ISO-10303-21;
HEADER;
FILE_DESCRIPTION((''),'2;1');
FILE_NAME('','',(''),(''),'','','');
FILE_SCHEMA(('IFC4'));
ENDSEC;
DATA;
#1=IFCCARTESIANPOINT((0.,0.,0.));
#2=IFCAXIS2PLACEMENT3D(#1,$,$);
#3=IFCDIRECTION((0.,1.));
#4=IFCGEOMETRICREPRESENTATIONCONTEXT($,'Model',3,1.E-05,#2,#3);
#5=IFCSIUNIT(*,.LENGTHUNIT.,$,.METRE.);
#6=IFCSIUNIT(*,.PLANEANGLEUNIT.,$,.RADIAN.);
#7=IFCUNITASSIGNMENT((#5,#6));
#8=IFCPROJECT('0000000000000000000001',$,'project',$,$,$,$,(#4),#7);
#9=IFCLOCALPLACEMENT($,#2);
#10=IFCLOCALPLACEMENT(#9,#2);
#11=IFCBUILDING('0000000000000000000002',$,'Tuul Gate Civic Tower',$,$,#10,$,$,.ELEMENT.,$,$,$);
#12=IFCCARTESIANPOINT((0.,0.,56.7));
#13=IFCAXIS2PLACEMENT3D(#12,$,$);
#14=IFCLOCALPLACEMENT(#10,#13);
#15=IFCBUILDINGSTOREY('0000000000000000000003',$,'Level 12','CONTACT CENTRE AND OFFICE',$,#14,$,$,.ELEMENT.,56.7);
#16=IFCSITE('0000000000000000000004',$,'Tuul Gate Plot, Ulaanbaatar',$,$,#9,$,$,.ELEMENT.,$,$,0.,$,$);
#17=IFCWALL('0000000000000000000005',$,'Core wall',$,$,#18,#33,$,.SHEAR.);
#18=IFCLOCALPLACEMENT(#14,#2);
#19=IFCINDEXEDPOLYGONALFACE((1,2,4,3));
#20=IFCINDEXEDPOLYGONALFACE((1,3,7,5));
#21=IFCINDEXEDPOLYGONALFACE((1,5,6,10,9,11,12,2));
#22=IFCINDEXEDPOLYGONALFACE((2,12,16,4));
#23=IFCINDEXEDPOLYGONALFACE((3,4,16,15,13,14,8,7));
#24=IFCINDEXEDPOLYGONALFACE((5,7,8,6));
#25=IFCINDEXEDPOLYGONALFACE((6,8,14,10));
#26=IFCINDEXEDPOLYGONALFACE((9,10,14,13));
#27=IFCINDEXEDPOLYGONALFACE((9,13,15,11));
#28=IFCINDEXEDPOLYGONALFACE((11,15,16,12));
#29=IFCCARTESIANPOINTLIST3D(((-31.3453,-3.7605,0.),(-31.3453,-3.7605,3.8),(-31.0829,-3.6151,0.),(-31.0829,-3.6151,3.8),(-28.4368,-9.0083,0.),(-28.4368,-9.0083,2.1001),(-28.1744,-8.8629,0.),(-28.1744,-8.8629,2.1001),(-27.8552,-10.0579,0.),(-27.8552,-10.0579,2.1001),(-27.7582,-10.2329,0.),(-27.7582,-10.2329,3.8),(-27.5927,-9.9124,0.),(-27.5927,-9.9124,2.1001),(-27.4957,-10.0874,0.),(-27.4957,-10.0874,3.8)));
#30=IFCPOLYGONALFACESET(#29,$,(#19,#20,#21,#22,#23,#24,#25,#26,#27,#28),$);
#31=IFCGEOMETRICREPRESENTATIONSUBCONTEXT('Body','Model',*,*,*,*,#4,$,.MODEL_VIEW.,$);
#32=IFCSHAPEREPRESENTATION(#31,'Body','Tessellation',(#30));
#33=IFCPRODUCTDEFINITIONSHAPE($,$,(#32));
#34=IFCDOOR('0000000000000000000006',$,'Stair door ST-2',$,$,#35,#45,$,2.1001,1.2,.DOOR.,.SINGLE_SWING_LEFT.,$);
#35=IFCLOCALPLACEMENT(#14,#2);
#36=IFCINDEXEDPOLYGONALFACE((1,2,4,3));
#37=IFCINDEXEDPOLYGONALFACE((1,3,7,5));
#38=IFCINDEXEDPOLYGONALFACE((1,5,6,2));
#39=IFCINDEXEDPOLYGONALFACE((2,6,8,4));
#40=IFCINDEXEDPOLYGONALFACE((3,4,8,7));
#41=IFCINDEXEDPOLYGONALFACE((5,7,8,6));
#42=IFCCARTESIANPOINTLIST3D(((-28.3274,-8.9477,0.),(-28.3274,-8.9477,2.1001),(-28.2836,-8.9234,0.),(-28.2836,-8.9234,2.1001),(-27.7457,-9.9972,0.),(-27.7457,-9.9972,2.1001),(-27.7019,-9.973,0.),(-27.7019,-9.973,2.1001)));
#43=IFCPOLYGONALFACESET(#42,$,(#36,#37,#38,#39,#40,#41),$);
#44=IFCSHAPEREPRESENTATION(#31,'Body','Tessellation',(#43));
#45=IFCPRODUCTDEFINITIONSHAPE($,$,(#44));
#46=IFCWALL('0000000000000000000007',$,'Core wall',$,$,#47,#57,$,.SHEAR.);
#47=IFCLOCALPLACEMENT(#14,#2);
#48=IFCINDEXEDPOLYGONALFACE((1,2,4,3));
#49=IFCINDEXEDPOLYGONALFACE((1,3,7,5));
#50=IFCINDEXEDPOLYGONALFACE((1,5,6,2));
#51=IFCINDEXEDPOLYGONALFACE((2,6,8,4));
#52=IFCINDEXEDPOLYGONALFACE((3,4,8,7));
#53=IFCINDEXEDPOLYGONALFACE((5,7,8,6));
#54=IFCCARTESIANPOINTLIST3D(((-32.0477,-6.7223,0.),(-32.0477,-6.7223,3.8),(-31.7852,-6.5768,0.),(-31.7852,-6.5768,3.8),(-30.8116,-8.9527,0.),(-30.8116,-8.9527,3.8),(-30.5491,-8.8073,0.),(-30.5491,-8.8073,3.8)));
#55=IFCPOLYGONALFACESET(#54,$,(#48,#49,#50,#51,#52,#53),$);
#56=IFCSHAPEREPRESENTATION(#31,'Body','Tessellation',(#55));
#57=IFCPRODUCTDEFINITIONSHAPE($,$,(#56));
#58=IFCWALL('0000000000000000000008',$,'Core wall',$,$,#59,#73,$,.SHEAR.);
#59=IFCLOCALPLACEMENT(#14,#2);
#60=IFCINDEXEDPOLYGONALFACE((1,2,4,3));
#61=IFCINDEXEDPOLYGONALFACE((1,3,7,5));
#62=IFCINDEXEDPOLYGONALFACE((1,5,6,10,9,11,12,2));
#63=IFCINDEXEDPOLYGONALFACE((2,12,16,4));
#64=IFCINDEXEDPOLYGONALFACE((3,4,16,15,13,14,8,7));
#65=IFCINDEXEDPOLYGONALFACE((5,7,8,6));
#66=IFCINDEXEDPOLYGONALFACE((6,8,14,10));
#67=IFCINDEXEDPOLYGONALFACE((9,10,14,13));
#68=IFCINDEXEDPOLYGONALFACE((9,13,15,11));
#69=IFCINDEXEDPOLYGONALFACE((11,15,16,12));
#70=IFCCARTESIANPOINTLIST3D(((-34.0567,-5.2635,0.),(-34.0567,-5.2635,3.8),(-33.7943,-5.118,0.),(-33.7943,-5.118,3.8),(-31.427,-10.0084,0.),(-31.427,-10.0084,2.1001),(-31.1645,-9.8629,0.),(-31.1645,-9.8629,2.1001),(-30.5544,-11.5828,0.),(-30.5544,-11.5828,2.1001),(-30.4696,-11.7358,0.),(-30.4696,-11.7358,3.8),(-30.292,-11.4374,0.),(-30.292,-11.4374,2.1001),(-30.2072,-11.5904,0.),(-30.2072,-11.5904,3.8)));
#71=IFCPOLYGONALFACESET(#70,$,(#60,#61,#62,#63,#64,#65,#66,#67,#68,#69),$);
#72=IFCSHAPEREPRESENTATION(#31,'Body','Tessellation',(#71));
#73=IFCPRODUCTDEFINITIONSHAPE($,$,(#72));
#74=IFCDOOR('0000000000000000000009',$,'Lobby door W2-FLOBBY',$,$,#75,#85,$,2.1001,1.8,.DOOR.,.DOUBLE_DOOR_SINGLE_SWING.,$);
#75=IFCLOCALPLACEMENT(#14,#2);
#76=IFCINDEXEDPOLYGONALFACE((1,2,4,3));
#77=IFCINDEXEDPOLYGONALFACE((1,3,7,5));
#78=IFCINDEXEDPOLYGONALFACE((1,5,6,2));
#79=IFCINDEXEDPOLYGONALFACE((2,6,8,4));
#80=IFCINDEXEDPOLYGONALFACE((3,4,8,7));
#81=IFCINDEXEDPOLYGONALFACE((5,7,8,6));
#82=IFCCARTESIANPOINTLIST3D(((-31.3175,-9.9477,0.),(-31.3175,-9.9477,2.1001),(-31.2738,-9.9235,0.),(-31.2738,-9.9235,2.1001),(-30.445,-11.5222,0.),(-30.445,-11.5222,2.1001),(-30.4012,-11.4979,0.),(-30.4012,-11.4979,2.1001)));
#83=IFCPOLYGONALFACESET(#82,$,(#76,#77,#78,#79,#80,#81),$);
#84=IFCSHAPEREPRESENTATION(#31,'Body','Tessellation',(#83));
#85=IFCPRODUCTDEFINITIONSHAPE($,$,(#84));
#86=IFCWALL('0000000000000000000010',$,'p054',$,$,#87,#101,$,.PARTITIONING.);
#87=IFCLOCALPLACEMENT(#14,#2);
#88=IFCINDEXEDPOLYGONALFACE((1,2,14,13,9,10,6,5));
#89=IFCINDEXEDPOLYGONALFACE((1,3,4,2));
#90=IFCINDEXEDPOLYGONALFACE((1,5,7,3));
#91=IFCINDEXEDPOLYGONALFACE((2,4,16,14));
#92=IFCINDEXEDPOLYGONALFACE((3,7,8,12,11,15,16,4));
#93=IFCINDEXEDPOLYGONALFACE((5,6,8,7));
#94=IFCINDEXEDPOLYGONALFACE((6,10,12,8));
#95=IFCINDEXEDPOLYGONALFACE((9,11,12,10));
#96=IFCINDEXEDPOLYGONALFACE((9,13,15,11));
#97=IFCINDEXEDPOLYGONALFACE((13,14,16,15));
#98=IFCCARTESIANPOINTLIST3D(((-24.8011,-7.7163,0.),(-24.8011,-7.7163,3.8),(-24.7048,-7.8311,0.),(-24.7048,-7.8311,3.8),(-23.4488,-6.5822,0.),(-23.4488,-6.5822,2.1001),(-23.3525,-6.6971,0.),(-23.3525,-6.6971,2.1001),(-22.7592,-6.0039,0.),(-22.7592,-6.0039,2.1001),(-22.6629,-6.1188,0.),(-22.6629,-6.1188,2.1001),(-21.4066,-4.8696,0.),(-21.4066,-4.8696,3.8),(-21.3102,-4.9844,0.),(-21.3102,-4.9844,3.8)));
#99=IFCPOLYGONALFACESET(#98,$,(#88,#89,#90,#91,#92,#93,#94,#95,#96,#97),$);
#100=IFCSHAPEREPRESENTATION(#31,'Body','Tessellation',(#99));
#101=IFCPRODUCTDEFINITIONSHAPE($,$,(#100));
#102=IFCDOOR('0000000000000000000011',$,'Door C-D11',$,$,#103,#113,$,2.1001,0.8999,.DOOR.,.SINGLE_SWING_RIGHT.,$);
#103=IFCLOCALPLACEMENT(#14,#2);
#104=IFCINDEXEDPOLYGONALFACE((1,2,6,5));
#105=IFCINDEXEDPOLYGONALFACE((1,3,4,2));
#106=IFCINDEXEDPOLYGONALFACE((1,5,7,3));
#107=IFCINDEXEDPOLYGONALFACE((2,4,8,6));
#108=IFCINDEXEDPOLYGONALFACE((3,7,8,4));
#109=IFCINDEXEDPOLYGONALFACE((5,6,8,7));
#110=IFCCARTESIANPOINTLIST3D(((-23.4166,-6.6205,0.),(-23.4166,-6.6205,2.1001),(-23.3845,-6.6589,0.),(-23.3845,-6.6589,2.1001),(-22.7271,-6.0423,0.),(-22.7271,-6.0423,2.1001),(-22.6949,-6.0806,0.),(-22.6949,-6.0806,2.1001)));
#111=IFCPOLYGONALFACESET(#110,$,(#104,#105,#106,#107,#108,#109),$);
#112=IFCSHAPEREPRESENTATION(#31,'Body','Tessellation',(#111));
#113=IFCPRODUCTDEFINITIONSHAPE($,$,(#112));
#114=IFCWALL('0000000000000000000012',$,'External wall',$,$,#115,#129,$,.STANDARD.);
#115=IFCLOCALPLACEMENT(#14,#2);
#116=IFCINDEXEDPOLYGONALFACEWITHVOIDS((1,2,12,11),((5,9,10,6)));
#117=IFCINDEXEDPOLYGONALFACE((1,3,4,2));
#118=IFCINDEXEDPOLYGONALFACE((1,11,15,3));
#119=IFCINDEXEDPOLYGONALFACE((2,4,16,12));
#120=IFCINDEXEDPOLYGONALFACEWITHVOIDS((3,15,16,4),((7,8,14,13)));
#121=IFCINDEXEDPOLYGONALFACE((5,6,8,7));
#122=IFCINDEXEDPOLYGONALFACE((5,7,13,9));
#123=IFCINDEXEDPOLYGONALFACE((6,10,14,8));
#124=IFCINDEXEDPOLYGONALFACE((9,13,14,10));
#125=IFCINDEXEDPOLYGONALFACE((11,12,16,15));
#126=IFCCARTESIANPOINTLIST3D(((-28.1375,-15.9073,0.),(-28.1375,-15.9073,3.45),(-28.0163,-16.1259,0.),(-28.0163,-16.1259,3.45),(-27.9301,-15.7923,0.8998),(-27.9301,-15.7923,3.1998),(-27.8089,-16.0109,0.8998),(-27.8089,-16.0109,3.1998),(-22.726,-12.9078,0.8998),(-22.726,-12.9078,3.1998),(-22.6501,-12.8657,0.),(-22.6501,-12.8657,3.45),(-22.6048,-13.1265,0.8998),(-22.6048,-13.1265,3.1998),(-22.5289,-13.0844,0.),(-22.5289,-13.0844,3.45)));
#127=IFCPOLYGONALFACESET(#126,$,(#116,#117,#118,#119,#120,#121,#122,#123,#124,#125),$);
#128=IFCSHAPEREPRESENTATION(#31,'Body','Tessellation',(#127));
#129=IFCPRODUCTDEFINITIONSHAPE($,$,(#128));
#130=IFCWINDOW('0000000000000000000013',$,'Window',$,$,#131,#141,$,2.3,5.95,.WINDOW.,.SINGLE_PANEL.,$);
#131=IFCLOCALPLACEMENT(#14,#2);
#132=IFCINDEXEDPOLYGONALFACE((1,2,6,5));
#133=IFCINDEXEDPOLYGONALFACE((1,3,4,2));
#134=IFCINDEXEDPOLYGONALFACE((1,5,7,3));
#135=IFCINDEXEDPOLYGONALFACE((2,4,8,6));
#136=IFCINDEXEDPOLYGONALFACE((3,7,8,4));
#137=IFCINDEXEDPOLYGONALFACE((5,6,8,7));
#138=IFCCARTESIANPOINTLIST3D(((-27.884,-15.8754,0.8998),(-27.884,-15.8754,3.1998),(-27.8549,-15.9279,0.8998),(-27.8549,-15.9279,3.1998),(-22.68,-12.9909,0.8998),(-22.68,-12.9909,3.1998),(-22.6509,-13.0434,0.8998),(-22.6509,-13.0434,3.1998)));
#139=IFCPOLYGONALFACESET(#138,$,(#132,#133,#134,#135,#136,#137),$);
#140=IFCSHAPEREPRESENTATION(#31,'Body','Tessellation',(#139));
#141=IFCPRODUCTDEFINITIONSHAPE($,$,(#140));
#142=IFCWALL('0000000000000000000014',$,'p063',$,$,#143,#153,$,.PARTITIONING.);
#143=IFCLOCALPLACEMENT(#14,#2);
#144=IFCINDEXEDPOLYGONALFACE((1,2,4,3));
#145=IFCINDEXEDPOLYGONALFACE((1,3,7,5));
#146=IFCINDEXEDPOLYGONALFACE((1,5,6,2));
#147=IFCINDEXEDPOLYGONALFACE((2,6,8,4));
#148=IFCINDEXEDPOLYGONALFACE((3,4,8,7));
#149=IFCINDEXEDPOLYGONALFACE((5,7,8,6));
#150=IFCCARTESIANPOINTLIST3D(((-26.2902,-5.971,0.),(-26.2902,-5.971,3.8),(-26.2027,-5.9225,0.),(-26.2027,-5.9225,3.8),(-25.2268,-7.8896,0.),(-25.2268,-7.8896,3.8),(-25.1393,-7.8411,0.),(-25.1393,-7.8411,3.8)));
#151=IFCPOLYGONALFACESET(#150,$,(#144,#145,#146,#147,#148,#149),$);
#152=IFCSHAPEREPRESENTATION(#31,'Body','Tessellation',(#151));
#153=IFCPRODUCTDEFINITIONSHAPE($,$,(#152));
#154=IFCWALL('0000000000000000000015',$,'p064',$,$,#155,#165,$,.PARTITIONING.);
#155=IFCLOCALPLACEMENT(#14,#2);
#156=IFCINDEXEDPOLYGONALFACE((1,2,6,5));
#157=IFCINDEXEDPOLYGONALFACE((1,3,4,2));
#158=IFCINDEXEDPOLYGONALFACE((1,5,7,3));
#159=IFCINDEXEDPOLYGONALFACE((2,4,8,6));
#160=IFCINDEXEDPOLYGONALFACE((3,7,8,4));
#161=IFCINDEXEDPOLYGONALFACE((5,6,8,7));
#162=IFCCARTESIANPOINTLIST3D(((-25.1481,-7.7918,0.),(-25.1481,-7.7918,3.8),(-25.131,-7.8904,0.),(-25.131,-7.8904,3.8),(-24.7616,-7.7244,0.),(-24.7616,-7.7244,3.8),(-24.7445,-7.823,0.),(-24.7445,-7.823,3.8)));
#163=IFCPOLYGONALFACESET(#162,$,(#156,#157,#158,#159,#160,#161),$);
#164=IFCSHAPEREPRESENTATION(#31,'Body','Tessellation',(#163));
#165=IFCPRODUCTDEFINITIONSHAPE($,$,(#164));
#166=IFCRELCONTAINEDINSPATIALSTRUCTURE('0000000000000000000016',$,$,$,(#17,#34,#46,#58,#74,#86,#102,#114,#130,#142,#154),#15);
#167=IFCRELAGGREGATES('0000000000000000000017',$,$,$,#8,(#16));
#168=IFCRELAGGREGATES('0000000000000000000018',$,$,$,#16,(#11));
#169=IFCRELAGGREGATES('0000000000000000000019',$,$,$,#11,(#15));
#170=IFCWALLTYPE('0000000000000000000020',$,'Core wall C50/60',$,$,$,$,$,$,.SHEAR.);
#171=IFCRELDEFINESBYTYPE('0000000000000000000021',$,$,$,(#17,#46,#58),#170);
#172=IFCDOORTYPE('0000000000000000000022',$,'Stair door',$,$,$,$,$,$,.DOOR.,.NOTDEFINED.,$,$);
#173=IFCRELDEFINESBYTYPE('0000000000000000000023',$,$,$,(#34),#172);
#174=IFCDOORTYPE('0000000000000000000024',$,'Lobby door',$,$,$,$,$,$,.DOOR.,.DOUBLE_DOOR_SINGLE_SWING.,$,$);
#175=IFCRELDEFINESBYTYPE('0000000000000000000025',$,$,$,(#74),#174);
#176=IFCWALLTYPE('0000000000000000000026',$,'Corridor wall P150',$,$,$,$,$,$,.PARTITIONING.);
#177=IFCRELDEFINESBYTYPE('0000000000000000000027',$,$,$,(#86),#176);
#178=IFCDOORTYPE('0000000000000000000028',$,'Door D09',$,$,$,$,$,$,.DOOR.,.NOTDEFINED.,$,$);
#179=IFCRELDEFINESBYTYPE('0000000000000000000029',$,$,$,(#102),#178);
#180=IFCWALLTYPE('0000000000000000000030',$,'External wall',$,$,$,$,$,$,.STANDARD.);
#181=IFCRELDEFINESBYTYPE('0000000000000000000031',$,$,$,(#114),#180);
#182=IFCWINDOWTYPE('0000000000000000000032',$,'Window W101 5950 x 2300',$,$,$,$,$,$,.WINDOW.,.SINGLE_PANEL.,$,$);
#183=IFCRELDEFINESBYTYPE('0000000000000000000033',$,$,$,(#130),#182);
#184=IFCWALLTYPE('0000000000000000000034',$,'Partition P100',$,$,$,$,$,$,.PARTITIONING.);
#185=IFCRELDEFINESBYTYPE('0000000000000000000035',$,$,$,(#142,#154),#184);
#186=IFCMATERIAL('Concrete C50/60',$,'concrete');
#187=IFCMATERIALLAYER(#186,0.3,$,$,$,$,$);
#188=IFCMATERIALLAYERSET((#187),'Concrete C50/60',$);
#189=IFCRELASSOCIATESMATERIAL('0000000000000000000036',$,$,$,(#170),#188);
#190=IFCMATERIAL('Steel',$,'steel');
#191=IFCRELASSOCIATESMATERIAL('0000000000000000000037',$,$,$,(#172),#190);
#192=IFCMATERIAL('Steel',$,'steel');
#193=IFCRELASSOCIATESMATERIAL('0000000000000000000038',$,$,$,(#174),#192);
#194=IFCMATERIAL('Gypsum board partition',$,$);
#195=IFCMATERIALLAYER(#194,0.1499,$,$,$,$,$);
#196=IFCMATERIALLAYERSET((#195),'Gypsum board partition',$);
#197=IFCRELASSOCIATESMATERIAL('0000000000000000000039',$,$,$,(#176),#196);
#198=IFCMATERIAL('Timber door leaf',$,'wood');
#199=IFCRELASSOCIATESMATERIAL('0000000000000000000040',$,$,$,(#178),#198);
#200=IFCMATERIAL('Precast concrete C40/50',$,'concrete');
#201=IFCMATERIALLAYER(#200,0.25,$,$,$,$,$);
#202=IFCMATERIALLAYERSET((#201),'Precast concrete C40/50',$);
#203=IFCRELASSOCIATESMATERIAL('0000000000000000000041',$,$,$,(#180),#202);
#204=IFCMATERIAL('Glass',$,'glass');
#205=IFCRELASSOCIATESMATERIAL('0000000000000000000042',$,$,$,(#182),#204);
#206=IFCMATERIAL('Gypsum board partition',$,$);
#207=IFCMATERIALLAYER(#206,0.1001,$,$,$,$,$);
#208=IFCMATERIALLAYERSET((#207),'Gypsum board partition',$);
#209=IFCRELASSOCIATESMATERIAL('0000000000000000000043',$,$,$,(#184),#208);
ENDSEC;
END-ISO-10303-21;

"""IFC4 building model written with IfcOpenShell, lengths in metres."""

from ifc_helpers import new_model, si_unit, direction, frame, frame_2d, origin, place, context, subcontext, project, spatial, rectangle, extrude, material, layer, layer_set, type_object, element, fill, save


model = new_model("IFC4")

# Units and contexts
model_context = context("Model", 3, precision=1e-05, world=origin(), true_north=direction((0.0, 1.0)))
body_context = subcontext(model_context, "Body", "Model", "MODEL_VIEW")
ifc_project = project(units=[si_unit("LENGTHUNIT", "METRE"), si_unit("PLANEANGLEUNIT", "RADIAN")], contexts=[model_context])

# Site, building, storey
site_placement = place(None, origin())
site = spatial("IfcSite", under=ifc_project, at=site_placement, Name="Tuul Gate Plot, Ulaanbaatar", CompositionType="ELEMENT", RefElevation=0.0)
building_placement = place(site_placement, origin())
building = spatial("IfcBuilding", under=site, at=building_placement, Name="Tuul Gate Civic Tower", CompositionType="ELEMENT")
storey_placement = place(building_placement, frame((0.0, 0.0, 56.7)))
storey = spatial("IfcBuildingStorey", under=building, at=storey_placement, Name="Level 12", Description="CONTACT CENTRE AND OFFICE", CompositionType="ELEMENT", Elevation=56.7)

# Shared definitions
ifc_material_1 = material(Name="Concrete C50/60", Category="concrete")
ifc_layer_1 = layer(ifc_material_1, 0.3)
ifc_layer_set_1 = layer_set([ifc_layer_1], Name="Concrete C50/60")
wall_type_1 = type_object("IfcWallType", Name="Core wall C50/60", PredefinedType="SHEAR", material=ifc_layer_set_1)

# Wall, opening, door
wall_1_placement = place(storey_placement, frame((-27.627, -10.1602, 0.0), z_axis=(0.0, 0.0, 1.0), x_axis=(-0.484752, 0.874652, 0.0)))
wall_1 = element("IfcWall", 1, at=wall_1_placement, inside=storey, type_object=wall_type_1, Name="Core wall", PredefinedType="SHEAR", context=body_context, shape_type="SweptSolid", body=[
    extrude(rectangle(XDim=7.3999, YDim=0.3, at=frame_2d((3.7, 0.0))), origin(), (0.0, 0.0, 1.0), 3.8),
])
opening_1_placement = place(wall_1_placement, frame((0.2, 0.0, 0.0)))
opening_1 = element("IfcOpeningElement", 2, at=opening_1_placement, cuts=wall_1, PredefinedType="OPENING", context=body_context, shape_type="SweptSolid", body=[
    extrude(rectangle(XDim=1.2, YDim=2.1001, at=frame_2d((0.6001, 1.05))), frame((0.0, 0.1602, 0.0), z_axis=(0.0, -1.0, 0.0), x_axis=(1.0, 0.0, 0.0)), (0.0, 0.0, 1.0), 0.3201),
])
ifc_material_2 = material(Name="Steel", Category="steel")
door_type_1 = type_object("IfcDoorType", Name="Stair door", OperationType="NOTDEFINED", PredefinedType="DOOR", material=ifc_material_2)
door_1_placement = place(opening_1_placement, origin())
door_1 = element("IfcDoor", 3, at=door_1_placement, inside=storey, type_object=door_type_1, Name="Stair door ST-2", OperationType="SINGLE_SWING_LEFT", OverallHeight=2.1001, OverallWidth=1.2, PredefinedType="DOOR", context=body_context, shape_type="SweptSolid", body=[
    extrude(rectangle(XDim=1.2, YDim=2.1001, at=frame_2d((0.6001, 1.05))), frame((0.0, 0.0249, 0.0), z_axis=(0.0, -1.0, 0.0), x_axis=(1.0, 0.0, 0.0)), (0.0, 0.0, 1.0), 0.05),
])
fill(opening_1, door_1)

# Wall
wall_2_placement = place(storey_placement, frame((-30.6804, -8.8799, 0.0), z_axis=(0.0, 0.0, 1.0), x_axis=(-0.484724, 0.874667, 0.0)))
element("IfcWall", 4, at=wall_2_placement, inside=storey, type_object=wall_type_1, Name="Core wall", PredefinedType="SHEAR", context=body_context, shape_type="SweptSolid", body=[
    extrude(rectangle(XDim=2.55, YDim=0.3, at=frame_2d((1.2749, 0.0))), origin(), (0.0, 0.0, 1.0), 3.8),
])

# Walls, openings, doors
wall_3_placement = place(storey_placement, frame((-30.3384, -11.6631, 0.0), z_axis=(0.0, 0.0, 1.0), x_axis=(-0.484752, 0.874652, 0.0)))
wall_3 = element("IfcWall", 5, at=wall_3_placement, inside=storey, type_object=wall_type_1, Name="Core wall", PredefinedType="SHEAR", context=body_context, shape_type="SweptSolid", body=[
    extrude(rectangle(XDim=7.3999, YDim=0.3, at=frame_2d((3.7, 0.0))), origin(), (0.0, 0.0, 1.0), 3.8),
])
opening_2_placement = place(wall_3_placement, frame((0.175, 0.0, 0.0)))
opening_2 = element("IfcOpeningElement", 6, at=opening_2_placement, cuts=wall_3, PredefinedType="OPENING", context=body_context, shape_type="SweptSolid", body=[
    extrude(rectangle(XDim=1.8, YDim=2.1001, at=frame_2d((0.8999, 1.05))), frame((0.0, 0.1602, 0.0), z_axis=(0.0, -1.0, 0.0), x_axis=(1.0, 0.0, 0.0)), (0.0, 0.0, 1.0), 0.3201),
])
ifc_material_3 = material(Name="Steel", Category="steel")
door_type_2 = type_object("IfcDoorType", Name="Lobby door", OperationType="DOUBLE_DOOR_SINGLE_SWING", PredefinedType="DOOR", material=ifc_material_3)
door_2_placement = place(opening_2_placement, origin())
door_2 = element("IfcDoor", 7, at=door_2_placement, inside=storey, type_object=door_type_2, Name="Lobby door W2-FLOBBY", OperationType="DOUBLE_DOOR_SINGLE_SWING", OverallHeight=2.1001, OverallWidth=1.8, PredefinedType="DOOR", context=body_context, shape_type="SweptSolid", body=[
    extrude(rectangle(XDim=1.8, YDim=2.1001, at=frame_2d((0.8999, 1.05))), frame((0.0, 0.0249, 0.0), z_axis=(0.0, -1.0, 0.0), x_axis=(1.0, 0.0, 0.0)), (0.0, 0.0, 1.0), 0.05),
])
fill(opening_2, door_2)
ifc_material_4 = material(Name="Gypsum board partition")
ifc_layer_2 = layer(ifc_material_4, 0.1499)
ifc_layer_set_2 = layer_set([ifc_layer_2], Name="Gypsum board partition")
wall_type_2 = type_object("IfcWallType", Name="Corridor wall P150", PredefinedType="PARTITIONING", material=ifc_layer_set_2)
wall_4_placement = place(storey_placement, frame((-24.7529, -7.7737, 0.0), z_axis=(0.0, 0.0, 1.0), x_axis=(0.76623, 0.642566, 0.0)))
wall_4 = element("IfcWall", 8, at=wall_4_placement, inside=storey, type_object=wall_type_2, Name="p054", PredefinedType="PARTITIONING", context=body_context, shape_type="SweptSolid", body=[
    extrude(rectangle(XDim=4.4302, YDim=0.1499, at=frame_2d((2.2151, 0.0))), origin(), (0.0, 0.0, 1.0), 3.8),
])
opening_3_placement = place(wall_4_placement, frame((1.7649, 0.0, 0.0)))
opening_3 = element("IfcOpeningElement", 9, at=opening_3_placement, cuts=wall_4, PredefinedType="OPENING", context=body_context, shape_type="SweptSolid", body=[
    extrude(rectangle(XDim=0.8999, YDim=2.1001, at=frame_2d((0.45, 1.05))), frame((0.0, 0.085, 0.0), z_axis=(0.0, -1.0, 0.0), x_axis=(1.0, 0.0, 0.0)), (0.0, 0.0, 1.0), 0.1699),
])
ifc_material_5 = material(Name="Timber door leaf", Category="wood")
door_type_3 = type_object("IfcDoorType", Name="Door D09", OperationType="NOTDEFINED", PredefinedType="DOOR", material=ifc_material_5)
door_3_placement = place(opening_3_placement, origin())
door_3 = element("IfcDoor", 10, at=door_3_placement, inside=storey, type_object=door_type_3, Name="Door C-D11", OperationType="SINGLE_SWING_RIGHT", OverallHeight=2.1001, OverallWidth=0.8999, PredefinedType="DOOR", context=body_context, shape_type="SweptSolid", body=[
    extrude(rectangle(XDim=0.8999, YDim=2.1001, at=frame_2d((0.45, 1.05))), frame((0.0, 0.0249, 0.0), z_axis=(0.0, -1.0, 0.0), x_axis=(1.0, 0.0, 0.0)), (0.0, 0.0, 1.0), 0.05),
])
fill(opening_3, door_3)

# Wall, opening, window
ifc_material_6 = material(Name="Precast concrete C40/50", Category="concrete")
ifc_layer_3 = layer(ifc_material_6, 0.25)
ifc_layer_set_3 = layer_set([ifc_layer_3], Name="Precast concrete C40/50")
wall_type_3 = type_object("IfcWallType", Name="External wall", PredefinedType="STANDARD", material=ifc_layer_set_3)
wall_5_placement = place(storey_placement, frame((-28.0769, -16.0166, 0.0), z_axis=(0.0, 0.0, 1.0), x_axis=(0.87463, 0.48479, 0.0)))
wall_5 = element("IfcWall", 11, at=wall_5_placement, inside=storey, type_object=wall_type_3, Name="External wall", PredefinedType="STANDARD", context=body_context, shape_type="SweptSolid", body=[
    extrude(rectangle(XDim=6.2739, YDim=0.25, at=frame_2d((3.137, 0.0))), origin(), (0.0, 0.0, 1.0), 3.45),
])
opening_4_placement = place(wall_5_placement, frame((0.2371, 0.0, 0.8999)))
opening_4 = element("IfcOpeningElement", 12, at=opening_4_placement, cuts=wall_5, PredefinedType="OPENING", context=body_context, shape_type="SweptSolid", body=[
    extrude(rectangle(XDim=5.95, YDim=2.3, at=frame_2d((2.9751, 1.1499))), frame((0.0, 0.135, 0.0), z_axis=(0.0, -1.0, 0.0), x_axis=(1.0, 0.0, 0.0)), (0.0, 0.0, 1.0), 0.27),
])
ifc_material_7 = material(Name="Glass", Category="glass")
window_type = type_object("IfcWindowType", Name="Window W101 5950 x 2300", PartitioningType="SINGLE_PANEL", PredefinedType="WINDOW", material=ifc_material_7)
window_placement = place(opening_4_placement, origin())
window = element("IfcWindow", 13, at=window_placement, inside=storey, type_object=window_type, Name="Window", OverallHeight=2.3, OverallWidth=5.95, PartitioningType="SINGLE_PANEL", PredefinedType="WINDOW", context=body_context, shape_type="SweptSolid", body=[
    extrude(rectangle(XDim=5.95, YDim=2.3, at=frame_2d((2.9751, 1.1499))), frame((0.0, 0.03, 0.0), z_axis=(0.0, -1.0, 0.0), x_axis=(1.0, 0.0, 0.0)), (0.0, 0.0, 1.0), 0.0601),
])
fill(opening_4, window)

# Walls
ifc_material_8 = material(Name="Gypsum board partition")
ifc_layer_4 = layer(ifc_material_8, 0.1001)
ifc_layer_set_4 = layer_set([ifc_layer_4], Name="Gypsum board partition")
wall_type_4 = type_object("IfcWallType", Name="Partition P100", PredefinedType="PARTITIONING", material=ifc_layer_set_4)
wall_6_placement = place(storey_placement, frame((-25.1831, -7.8652, 0.0), z_axis=(0.0, 0.0, 1.0), x_axis=(-0.484783, 0.874635, 0.0)))
element("IfcWall", 14, at=wall_6_placement, inside=storey, type_object=wall_type_4, Name="p063", PredefinedType="PARTITIONING", context=body_context, shape_type="SweptSolid", body=[
    extrude(rectangle(XDim=2.1936, YDim=0.1001, at=frame_2d((1.0967, 0.0))), origin(), (0.0, 0.0, 1.0), 3.8),
])
wall_7_placement = place(storey_placement, frame((-24.7529, -7.7737, 0.0), z_axis=(0.0, 0.0, 1.0), x_axis=(-0.985139, -0.171761, 0.0)))
element("IfcWall", 15, at=wall_7_placement, inside=storey, type_object=wall_type_4, Name="p064", PredefinedType="PARTITIONING", context=body_context, shape_type="SweptSolid", body=[
    extrude(rectangle(XDim=0.3923, YDim=0.1001, at=frame_2d((0.1963, 0.0))), origin(), (0.0, 0.0, 1.0), 3.8),
])

save(model, "model.ifc")
